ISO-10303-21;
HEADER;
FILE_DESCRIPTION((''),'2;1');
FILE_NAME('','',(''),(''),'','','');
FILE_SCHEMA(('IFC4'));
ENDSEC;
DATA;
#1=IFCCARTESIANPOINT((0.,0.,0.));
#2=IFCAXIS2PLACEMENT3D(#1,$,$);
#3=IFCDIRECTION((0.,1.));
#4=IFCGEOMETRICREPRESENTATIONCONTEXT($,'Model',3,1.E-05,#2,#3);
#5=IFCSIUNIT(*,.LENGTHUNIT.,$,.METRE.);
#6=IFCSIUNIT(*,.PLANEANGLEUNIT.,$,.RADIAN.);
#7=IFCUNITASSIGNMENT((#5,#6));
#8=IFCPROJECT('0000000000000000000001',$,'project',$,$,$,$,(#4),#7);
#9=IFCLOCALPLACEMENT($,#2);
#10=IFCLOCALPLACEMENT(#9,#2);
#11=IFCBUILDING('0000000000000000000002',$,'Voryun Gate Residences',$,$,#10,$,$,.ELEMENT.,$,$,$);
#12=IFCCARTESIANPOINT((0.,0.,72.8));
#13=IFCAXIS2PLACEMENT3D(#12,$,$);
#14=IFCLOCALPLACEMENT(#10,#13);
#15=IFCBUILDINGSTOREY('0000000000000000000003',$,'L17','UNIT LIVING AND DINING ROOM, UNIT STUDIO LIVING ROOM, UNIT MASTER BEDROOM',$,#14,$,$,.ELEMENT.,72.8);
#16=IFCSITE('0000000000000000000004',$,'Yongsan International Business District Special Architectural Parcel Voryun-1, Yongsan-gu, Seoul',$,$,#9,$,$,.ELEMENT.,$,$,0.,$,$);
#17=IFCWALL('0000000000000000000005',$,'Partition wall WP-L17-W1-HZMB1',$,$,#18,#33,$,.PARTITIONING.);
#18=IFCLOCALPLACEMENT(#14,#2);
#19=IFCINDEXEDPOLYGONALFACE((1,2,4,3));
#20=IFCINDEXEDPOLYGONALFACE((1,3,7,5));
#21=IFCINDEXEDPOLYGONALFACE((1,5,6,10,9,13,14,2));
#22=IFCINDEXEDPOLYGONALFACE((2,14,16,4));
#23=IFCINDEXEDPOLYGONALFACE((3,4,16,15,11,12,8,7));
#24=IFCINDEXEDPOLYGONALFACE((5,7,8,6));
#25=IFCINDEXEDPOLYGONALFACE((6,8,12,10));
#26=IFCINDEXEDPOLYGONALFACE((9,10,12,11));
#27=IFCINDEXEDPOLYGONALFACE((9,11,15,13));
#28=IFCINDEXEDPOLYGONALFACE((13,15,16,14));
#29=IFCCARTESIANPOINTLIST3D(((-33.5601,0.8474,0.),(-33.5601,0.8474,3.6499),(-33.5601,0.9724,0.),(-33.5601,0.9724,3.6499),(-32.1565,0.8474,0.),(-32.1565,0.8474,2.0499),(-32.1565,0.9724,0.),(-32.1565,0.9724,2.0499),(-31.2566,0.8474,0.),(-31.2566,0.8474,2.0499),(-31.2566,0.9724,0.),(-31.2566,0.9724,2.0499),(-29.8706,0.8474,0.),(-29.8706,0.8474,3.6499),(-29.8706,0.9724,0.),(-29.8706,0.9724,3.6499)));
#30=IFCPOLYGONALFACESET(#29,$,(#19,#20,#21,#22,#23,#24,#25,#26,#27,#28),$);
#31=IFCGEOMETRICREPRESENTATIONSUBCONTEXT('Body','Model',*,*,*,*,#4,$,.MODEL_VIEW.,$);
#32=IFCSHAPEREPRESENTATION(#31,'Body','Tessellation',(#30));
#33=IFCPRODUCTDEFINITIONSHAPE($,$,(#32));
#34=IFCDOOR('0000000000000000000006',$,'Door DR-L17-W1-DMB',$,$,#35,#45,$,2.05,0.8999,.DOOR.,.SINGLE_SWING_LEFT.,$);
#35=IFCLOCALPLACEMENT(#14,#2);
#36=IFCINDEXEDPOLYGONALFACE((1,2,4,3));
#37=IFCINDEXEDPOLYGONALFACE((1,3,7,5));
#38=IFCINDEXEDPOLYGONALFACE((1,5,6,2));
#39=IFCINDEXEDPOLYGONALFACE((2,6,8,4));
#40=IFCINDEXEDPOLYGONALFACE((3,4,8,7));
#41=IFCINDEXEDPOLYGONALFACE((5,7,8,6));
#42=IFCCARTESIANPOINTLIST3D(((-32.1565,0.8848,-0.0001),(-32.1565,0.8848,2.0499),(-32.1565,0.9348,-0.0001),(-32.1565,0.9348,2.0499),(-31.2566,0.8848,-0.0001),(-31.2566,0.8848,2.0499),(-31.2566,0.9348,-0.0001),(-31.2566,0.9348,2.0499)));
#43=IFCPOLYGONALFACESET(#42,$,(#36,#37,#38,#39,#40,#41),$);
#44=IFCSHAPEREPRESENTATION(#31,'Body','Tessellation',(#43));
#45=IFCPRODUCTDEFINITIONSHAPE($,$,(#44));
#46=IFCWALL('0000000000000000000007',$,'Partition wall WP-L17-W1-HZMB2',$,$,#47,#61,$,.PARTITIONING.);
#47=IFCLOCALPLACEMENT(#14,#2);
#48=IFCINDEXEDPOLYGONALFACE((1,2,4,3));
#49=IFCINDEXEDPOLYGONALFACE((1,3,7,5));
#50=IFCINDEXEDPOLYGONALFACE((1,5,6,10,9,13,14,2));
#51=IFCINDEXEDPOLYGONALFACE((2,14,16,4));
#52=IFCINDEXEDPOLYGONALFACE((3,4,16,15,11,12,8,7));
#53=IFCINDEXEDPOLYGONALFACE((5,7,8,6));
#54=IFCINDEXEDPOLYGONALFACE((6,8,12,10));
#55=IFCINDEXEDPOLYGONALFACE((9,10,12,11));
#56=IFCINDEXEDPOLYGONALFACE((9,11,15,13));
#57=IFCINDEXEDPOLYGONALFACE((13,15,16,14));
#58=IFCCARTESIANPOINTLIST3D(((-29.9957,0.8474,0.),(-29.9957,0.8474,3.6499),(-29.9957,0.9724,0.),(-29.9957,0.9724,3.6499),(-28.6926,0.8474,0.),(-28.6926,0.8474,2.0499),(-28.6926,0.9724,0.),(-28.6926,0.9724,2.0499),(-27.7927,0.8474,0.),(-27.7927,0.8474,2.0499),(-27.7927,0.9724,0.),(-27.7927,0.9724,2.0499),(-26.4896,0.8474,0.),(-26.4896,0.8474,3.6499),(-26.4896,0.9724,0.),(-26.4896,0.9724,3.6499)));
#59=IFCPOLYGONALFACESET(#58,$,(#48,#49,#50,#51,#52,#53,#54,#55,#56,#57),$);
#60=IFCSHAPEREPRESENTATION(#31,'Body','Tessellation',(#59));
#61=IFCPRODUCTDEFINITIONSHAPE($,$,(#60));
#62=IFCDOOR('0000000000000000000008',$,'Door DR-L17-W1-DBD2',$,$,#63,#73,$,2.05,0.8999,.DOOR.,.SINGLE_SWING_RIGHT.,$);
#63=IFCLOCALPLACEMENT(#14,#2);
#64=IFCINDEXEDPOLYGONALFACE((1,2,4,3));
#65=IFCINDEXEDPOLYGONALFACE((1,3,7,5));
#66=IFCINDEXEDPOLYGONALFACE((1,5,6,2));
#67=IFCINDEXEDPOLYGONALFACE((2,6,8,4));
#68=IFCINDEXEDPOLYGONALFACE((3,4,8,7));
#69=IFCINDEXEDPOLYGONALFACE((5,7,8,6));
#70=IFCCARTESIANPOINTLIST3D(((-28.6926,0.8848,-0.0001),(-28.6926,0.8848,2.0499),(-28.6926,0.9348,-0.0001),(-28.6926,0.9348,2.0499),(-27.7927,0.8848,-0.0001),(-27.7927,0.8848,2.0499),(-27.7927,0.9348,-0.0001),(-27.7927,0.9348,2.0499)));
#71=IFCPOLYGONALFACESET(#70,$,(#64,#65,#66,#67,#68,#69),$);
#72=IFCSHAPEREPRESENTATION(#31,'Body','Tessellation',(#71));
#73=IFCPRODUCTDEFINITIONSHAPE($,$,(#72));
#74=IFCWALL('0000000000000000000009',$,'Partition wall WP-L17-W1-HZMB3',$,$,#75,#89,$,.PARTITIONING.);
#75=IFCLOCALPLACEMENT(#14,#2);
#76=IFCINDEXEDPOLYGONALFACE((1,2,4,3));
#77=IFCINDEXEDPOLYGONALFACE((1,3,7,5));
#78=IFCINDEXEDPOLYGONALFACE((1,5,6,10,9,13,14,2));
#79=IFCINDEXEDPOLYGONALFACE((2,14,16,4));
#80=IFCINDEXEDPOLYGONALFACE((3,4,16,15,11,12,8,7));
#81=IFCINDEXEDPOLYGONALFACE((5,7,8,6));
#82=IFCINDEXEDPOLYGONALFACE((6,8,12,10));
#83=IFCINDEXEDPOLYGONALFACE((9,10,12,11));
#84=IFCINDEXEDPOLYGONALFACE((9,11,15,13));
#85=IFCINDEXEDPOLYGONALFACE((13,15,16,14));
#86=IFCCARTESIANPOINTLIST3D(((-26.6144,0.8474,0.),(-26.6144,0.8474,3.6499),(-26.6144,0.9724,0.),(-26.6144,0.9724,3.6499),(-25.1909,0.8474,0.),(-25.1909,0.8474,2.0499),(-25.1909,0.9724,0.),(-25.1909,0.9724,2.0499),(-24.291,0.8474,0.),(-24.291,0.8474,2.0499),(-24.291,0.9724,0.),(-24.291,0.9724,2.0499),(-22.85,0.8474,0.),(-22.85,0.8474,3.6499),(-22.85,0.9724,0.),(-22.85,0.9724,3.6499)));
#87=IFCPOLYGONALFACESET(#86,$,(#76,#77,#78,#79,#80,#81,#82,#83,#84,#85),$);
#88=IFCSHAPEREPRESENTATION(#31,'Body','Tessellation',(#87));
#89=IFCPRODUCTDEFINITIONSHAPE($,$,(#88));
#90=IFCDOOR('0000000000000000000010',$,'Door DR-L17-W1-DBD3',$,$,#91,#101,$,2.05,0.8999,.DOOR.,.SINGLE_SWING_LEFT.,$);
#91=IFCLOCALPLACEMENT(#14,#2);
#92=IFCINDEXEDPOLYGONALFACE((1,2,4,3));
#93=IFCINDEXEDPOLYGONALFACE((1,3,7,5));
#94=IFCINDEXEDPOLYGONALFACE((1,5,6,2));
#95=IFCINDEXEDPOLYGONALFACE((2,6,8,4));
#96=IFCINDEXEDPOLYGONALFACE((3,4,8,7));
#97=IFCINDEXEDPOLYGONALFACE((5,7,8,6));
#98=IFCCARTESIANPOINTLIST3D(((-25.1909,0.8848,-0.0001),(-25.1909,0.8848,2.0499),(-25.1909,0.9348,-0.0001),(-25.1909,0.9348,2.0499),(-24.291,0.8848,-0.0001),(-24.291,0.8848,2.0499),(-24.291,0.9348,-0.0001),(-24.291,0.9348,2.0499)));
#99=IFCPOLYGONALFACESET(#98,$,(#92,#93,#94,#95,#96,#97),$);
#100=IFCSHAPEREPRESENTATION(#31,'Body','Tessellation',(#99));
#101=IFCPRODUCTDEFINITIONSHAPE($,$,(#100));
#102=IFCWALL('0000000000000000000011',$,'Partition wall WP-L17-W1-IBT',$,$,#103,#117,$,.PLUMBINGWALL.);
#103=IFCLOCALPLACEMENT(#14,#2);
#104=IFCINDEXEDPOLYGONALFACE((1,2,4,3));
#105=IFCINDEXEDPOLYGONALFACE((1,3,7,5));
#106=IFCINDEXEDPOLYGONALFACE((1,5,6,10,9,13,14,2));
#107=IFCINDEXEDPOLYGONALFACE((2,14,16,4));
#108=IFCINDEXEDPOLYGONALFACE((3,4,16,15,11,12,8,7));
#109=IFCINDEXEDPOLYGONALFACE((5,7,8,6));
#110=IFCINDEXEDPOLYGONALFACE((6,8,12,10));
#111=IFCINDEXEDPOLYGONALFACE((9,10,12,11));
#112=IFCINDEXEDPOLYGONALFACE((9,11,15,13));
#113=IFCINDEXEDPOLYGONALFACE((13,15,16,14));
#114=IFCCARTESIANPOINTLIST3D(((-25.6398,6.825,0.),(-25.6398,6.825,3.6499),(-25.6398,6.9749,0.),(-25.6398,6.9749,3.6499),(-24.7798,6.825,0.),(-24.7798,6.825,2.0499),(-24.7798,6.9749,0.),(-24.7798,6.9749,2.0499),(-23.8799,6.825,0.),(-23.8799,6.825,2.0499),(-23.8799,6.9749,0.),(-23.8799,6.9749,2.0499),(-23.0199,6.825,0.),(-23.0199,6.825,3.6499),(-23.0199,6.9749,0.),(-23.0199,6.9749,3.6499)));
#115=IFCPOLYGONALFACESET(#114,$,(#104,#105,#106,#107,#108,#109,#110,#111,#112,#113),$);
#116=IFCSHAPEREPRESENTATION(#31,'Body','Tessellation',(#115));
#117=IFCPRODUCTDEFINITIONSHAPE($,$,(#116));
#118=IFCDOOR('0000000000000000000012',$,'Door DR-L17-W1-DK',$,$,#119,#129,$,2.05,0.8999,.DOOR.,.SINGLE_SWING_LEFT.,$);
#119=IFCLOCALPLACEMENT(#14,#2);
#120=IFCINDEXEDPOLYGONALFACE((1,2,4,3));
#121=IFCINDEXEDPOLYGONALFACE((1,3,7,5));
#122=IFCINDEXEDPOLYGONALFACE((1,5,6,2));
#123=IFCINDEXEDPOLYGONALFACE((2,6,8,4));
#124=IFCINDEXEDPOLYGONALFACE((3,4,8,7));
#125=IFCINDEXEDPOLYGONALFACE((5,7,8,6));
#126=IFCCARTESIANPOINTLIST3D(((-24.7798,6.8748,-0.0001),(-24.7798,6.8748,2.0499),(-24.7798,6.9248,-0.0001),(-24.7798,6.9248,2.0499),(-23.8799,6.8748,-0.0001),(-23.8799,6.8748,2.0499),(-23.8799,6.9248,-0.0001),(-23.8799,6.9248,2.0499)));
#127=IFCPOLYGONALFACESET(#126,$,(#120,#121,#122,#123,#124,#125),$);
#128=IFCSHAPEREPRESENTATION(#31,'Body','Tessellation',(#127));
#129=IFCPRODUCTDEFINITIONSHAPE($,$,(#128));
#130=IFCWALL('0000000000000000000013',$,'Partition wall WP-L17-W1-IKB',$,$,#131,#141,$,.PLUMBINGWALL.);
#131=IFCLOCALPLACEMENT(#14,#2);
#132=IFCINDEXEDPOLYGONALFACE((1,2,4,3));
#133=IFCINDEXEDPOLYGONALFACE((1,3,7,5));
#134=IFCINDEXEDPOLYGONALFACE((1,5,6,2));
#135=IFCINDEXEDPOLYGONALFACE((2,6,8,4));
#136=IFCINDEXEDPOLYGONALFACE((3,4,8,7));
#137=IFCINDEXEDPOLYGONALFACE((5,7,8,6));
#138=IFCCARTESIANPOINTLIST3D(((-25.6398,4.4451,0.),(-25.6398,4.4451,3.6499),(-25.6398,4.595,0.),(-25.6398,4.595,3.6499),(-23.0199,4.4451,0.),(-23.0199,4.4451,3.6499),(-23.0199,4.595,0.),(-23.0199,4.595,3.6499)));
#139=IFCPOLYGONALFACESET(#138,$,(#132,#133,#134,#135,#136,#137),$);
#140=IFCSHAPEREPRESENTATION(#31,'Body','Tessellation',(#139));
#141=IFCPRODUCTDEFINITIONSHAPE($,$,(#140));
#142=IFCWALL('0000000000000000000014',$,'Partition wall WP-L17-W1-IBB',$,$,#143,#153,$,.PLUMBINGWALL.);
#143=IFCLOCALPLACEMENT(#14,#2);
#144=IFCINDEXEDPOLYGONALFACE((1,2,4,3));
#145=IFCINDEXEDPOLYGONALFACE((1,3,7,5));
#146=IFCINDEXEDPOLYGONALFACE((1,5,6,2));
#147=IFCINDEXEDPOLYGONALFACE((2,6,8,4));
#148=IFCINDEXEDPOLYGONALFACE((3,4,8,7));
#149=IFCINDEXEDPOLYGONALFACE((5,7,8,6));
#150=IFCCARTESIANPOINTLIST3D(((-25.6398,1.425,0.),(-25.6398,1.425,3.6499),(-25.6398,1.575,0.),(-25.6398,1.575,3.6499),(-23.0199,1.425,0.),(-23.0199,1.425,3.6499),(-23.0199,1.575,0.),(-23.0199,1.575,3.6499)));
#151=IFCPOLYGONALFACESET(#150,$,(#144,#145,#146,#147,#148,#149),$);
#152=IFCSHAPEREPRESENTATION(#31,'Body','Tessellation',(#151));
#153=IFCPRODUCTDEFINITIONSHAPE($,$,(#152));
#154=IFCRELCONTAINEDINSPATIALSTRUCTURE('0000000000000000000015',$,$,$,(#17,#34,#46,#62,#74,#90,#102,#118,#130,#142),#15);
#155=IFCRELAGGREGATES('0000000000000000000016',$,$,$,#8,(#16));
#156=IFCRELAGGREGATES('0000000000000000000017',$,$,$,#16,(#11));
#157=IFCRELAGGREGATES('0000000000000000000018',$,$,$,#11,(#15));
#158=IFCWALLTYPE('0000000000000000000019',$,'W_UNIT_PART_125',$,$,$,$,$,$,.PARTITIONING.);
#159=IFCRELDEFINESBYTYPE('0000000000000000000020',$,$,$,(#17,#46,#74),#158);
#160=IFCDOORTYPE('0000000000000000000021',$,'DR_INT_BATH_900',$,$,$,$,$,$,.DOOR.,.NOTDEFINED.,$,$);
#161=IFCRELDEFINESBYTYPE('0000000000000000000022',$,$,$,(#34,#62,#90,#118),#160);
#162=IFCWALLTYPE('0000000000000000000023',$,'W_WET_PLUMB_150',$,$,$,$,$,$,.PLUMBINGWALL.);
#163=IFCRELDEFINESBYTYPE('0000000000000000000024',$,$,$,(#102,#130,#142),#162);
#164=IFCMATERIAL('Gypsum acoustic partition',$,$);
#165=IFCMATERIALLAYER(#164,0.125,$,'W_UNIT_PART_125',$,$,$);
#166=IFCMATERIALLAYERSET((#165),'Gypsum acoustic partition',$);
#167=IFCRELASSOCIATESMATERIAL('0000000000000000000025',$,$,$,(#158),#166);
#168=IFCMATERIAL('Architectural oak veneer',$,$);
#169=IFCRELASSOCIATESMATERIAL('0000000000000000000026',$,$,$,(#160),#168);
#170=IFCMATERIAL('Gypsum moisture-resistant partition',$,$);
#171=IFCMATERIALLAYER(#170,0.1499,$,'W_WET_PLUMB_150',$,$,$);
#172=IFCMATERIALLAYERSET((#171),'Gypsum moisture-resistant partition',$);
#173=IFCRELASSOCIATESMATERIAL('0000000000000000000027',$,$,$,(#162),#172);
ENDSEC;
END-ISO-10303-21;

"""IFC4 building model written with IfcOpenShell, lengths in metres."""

from ifc_helpers import new_model, si_unit, direction, frame, frame_2d, origin, place, context, subcontext, project, spatial, rectangle, extrude, material, layer, layer_set, type_object, element, fill, save


model = new_model("IFC4")

# Units and contexts
model_context = context("Model", 3, precision=1e-05, world=origin(), true_north=direction((0.0, 1.0)))
body_context = subcontext(model_context, "Body", "Model", "MODEL_VIEW")
ifc_project = project(units=[si_unit("LENGTHUNIT", "METRE"), si_unit("PLANEANGLEUNIT", "RADIAN")], contexts=[model_context])

# Site, building, storey
site_placement = place(None, origin())
site = spatial("IfcSite", under=ifc_project, at=site_placement, Name="Yongsan International Business District Special Architectural Parcel Voryun-1, Yongsan-gu, Seoul", CompositionType="ELEMENT", RefElevation=0.0)
building_placement = place(site_placement, origin())
building = spatial("IfcBuilding", under=site, at=building_placement, Name="Voryun Gate Residences", CompositionType="ELEMENT")
storey_placement = place(building_placement, frame((0.0, 0.0, 72.8)))
storey = spatial("IfcBuildingStorey", under=building, at=storey_placement, Name="L17", Description="UNIT LIVING AND DINING ROOM, UNIT STUDIO LIVING ROOM, UNIT MASTER BEDROOM", CompositionType="ELEMENT", Elevation=72.8)

# Walls, openings, doors
ifc_material_1 = material(Name="Gypsum acoustic partition")
ifc_layer_1 = layer(ifc_material_1, 0.125, Name="W_UNIT_PART_125")
ifc_layer_set_1 = layer_set([ifc_layer_1], Name="Gypsum acoustic partition")
wall_type_1 = type_object("IfcWallType", Name="W_UNIT_PART_125", PredefinedType="PARTITIONING", material=ifc_layer_set_1)
wall_1_placement = place(storey_placement, frame((-33.5601, 0.9099, 0.0), z_axis=(0.0, 0.0, 1.0), x_axis=(1.0, 0.0, 0.0)))
wall_1 = element("IfcWall", 1, at=wall_1_placement, inside=storey, type_object=wall_type_1, Name="Partition wall WP-L17-W1-HZMB1", PredefinedType="PARTITIONING", context=body_context, shape_type="SweptSolid", body=[
    extrude(rectangle(XDim=3.6895, YDim=0.125, at=frame_2d((1.8447, 0.0))), origin(), (0.0, 0.0, 1.0), 3.6499),
])
opening_1_placement = place(wall_1_placement, frame((1.4036, 0.0, 0.0)))
opening_1 = element("IfcOpeningElement", 2, at=opening_1_placement, cuts=wall_1, PredefinedType="OPENING", context=body_context, shape_type="SweptSolid", body=[
    extrude(rectangle(XDim=0.8999, YDim=2.05, at=frame_2d((0.45, 1.0249))), frame((0.0, 0.0725, 0.0), z_axis=(0.0, -1.0, 0.0), x_axis=(1.0, 0.0, 0.0)), (0.0, 0.0, 1.0), 0.145),
])
ifc_material_2 = material(Name="Architectural oak veneer")
door_type_1 = type_object("IfcDoorType", Name="DR_INT_BATH_900", OperationType="NOTDEFINED", PredefinedType="DOOR", material=ifc_material_2)
door_1_placement = place(opening_1_placement, origin())
door_1 = element("IfcDoor", 3, at=door_1_placement, inside=storey, type_object=door_type_1, Name="Door DR-L17-W1-DMB", OperationType="SINGLE_SWING_LEFT", OverallHeight=2.05, OverallWidth=0.8999, PredefinedType="DOOR", context=body_context, shape_type="SweptSolid", body=[
    extrude(rectangle(XDim=0.8999, YDim=2.05, at=frame_2d((0.45, 1.0249))), frame((0.0, 0.0249, 0.0), z_axis=(0.0, -1.0, 0.0), x_axis=(1.0, 0.0, 0.0)), (0.0, 0.0, 1.0), 0.05),
])
fill(opening_1, door_1)
wall_2_placement = place(storey_placement, frame((-29.9956, 0.9099, 0.0), z_axis=(0.0, 0.0, 1.0), x_axis=(1.0, 0.0, 0.0)))
wall_2 = element("IfcWall", 4, at=wall_2_placement, inside=storey, type_object=wall_type_1, Name="Partition wall WP-L17-W1-HZMB2", PredefinedType="PARTITIONING", context=body_context, shape_type="SweptSolid", body=[
    extrude(rectangle(XDim=3.5061, YDim=0.125, at=frame_2d((1.7529, 0.0))), origin(), (0.0, 0.0, 1.0), 3.6499),
])
opening_2_placement = place(wall_2_placement, frame((1.303, 0.0, 0.0)))
opening_2 = element("IfcOpeningElement", 5, at=opening_2_placement, cuts=wall_2, PredefinedType="OPENING", context=body_context, shape_type="SweptSolid", body=[
    extrude(rectangle(XDim=0.8999, YDim=2.05, at=frame_2d((0.45, 1.0249))), frame((0.0, 0.0725, 0.0), z_axis=(0.0, -1.0, 0.0), x_axis=(1.0, 0.0, 0.0)), (0.0, 0.0, 1.0), 0.145),
])
door_2_placement = place(opening_2_placement, origin())
door_2 = element("IfcDoor", 6, at=door_2_placement, inside=storey, type_object=door_type_1, Name="Door DR-L17-W1-DBD2", OperationType="SINGLE_SWING_RIGHT", OverallHeight=2.05, OverallWidth=0.8999, PredefinedType="DOOR", context=body_context, shape_type="SweptSolid", body=[
    extrude(rectangle(XDim=0.8999, YDim=2.05, at=frame_2d((0.45, 1.0249))), frame((0.0, 0.0249, 0.0), z_axis=(0.0, -1.0, 0.0), x_axis=(1.0, 0.0, 0.0)), (0.0, 0.0, 1.0), 0.05),
])
fill(opening_2, door_2)
wall_3_placement = place(storey_placement, frame((-26.6145, 0.9099, 0.0), z_axis=(0.0, 0.0, 1.0), x_axis=(1.0, 0.0, 0.0)))
wall_3 = element("IfcWall", 7, at=wall_3_placement, inside=storey, type_object=wall_type_1, Name="Partition wall WP-L17-W1-HZMB3", PredefinedType="PARTITIONING", context=body_context, shape_type="SweptSolid", body=[
    extrude(rectangle(XDim=3.7644, YDim=0.125, at=frame_2d((1.8823, 0.0))), origin(), (0.0, 0.0, 1.0), 3.6499),
])
opening_3_placement = place(wall_3_placement, frame((1.4236, 0.0, 0.0)))
opening_3 = element("IfcOpeningElement", 8, at=opening_3_placement, cuts=wall_3, PredefinedType="OPENING", context=body_context, shape_type="SweptSolid", body=[
    extrude(rectangle(XDim=0.8999, YDim=2.05, at=frame_2d((0.45, 1.0249))), frame((0.0, 0.0725, 0.0), z_axis=(0.0, -1.0, 0.0), x_axis=(1.0, 0.0, 0.0)), (0.0, 0.0, 1.0), 0.145),
])
door_3_placement = place(opening_3_placement, origin())
door_3 = element("IfcDoor", 9, at=door_3_placement, inside=storey, type_object=door_type_1, Name="Door DR-L17-W1-DBD3", OperationType="SINGLE_SWING_LEFT", OverallHeight=2.05, OverallWidth=0.8999, PredefinedType="DOOR", context=body_context, shape_type="SweptSolid", body=[
    extrude(rectangle(XDim=0.8999, YDim=2.05, at=frame_2d((0.45, 1.0249))), frame((0.0, 0.0249, 0.0), z_axis=(0.0, -1.0, 0.0), x_axis=(1.0, 0.0, 0.0)), (0.0, 0.0, 1.0), 0.05),
])
fill(opening_3, door_3)
ifc_material_3 = material(Name="Gypsum moisture-resistant partition")
ifc_layer_2 = layer(ifc_material_3, 0.1499, Name="W_WET_PLUMB_150")
ifc_layer_set_2 = layer_set([ifc_layer_2], Name="Gypsum moisture-resistant partition")
wall_type_2 = type_object("IfcWallType", Name="W_WET_PLUMB_150", PredefinedType="PLUMBINGWALL", material=ifc_layer_set_2)
wall_4_placement = place(storey_placement, frame((-25.6399, 6.8999, 0.0), z_axis=(0.0, 0.0, 1.0), x_axis=(1.0, 0.0, 0.0)))
wall_4 = element("IfcWall", 10, at=wall_4_placement, inside=storey, type_object=wall_type_2, Name="Partition wall WP-L17-W1-IBT", PredefinedType="PLUMBINGWALL", context=body_context, shape_type="SweptSolid", body=[
    extrude(rectangle(XDim=2.6199, YDim=0.1499, at=frame_2d((1.3101, 0.0))), origin(), (0.0, 0.0, 1.0), 3.6499),
])
opening_4_placement = place(wall_4_placement, frame((0.8601, 0.0, 0.0)))
opening_4 = element("IfcOpeningElement", 11, at=opening_4_placement, cuts=wall_4, PredefinedType="OPENING", context=body_context, shape_type="SweptSolid", body=[
    extrude(rectangle(XDim=0.8999, YDim=2.05, at=frame_2d((0.45, 1.0249))), frame((0.0, 0.085, 0.0), z_axis=(0.0, -1.0, 0.0), x_axis=(1.0, 0.0, 0.0)), (0.0, 0.0, 1.0), 0.1699),
])
door_4_placement = place(opening_4_placement, origin())
door_4 = element("IfcDoor", 12, at=door_4_placement, inside=storey, type_object=door_type_1, Name="Door DR-L17-W1-DK", OperationType="SINGLE_SWING_LEFT", OverallHeight=2.05, OverallWidth=0.8999, PredefinedType="DOOR", context=body_context, shape_type="SweptSolid", body=[
    extrude(rectangle(XDim=0.8999, YDim=2.05, at=frame_2d((0.45, 1.0249))), frame((0.0, 0.0249, 0.0), z_axis=(0.0, -1.0, 0.0), x_axis=(1.0, 0.0, 0.0)), (0.0, 0.0, 1.0), 0.05),
])
fill(opening_4, door_4)

# Walls
for number, where, z_axis, x_axis, name in (
    (13, (-25.6399, 4.52, 0.0), (0.0, 0.0, 1.0), (1.0, 0.0, 0.0), "Partition wall WP-L17-W1-IKB"),
    (14, (-25.6399, 1.5, 0.0), (0.0, 0.0, 1.0), (1.0, 0.0, 0.0), "Partition wall WP-L17-W1-IBB"),
):
    element("IfcWall", number, at=place(storey_placement, frame(where, z_axis=z_axis, x_axis=x_axis)), inside=storey, type_object=wall_type_2, Name=name, PredefinedType="PLUMBINGWALL", context=body_context, shape_type="SweptSolid", body=[
        extrude(rectangle(XDim=2.6199, YDim=0.1499, at=frame_2d((1.3101, 0.0))), origin(), (0.0, 0.0, 1.0), 3.6499),
    ])

save(model, "model.ifc")
